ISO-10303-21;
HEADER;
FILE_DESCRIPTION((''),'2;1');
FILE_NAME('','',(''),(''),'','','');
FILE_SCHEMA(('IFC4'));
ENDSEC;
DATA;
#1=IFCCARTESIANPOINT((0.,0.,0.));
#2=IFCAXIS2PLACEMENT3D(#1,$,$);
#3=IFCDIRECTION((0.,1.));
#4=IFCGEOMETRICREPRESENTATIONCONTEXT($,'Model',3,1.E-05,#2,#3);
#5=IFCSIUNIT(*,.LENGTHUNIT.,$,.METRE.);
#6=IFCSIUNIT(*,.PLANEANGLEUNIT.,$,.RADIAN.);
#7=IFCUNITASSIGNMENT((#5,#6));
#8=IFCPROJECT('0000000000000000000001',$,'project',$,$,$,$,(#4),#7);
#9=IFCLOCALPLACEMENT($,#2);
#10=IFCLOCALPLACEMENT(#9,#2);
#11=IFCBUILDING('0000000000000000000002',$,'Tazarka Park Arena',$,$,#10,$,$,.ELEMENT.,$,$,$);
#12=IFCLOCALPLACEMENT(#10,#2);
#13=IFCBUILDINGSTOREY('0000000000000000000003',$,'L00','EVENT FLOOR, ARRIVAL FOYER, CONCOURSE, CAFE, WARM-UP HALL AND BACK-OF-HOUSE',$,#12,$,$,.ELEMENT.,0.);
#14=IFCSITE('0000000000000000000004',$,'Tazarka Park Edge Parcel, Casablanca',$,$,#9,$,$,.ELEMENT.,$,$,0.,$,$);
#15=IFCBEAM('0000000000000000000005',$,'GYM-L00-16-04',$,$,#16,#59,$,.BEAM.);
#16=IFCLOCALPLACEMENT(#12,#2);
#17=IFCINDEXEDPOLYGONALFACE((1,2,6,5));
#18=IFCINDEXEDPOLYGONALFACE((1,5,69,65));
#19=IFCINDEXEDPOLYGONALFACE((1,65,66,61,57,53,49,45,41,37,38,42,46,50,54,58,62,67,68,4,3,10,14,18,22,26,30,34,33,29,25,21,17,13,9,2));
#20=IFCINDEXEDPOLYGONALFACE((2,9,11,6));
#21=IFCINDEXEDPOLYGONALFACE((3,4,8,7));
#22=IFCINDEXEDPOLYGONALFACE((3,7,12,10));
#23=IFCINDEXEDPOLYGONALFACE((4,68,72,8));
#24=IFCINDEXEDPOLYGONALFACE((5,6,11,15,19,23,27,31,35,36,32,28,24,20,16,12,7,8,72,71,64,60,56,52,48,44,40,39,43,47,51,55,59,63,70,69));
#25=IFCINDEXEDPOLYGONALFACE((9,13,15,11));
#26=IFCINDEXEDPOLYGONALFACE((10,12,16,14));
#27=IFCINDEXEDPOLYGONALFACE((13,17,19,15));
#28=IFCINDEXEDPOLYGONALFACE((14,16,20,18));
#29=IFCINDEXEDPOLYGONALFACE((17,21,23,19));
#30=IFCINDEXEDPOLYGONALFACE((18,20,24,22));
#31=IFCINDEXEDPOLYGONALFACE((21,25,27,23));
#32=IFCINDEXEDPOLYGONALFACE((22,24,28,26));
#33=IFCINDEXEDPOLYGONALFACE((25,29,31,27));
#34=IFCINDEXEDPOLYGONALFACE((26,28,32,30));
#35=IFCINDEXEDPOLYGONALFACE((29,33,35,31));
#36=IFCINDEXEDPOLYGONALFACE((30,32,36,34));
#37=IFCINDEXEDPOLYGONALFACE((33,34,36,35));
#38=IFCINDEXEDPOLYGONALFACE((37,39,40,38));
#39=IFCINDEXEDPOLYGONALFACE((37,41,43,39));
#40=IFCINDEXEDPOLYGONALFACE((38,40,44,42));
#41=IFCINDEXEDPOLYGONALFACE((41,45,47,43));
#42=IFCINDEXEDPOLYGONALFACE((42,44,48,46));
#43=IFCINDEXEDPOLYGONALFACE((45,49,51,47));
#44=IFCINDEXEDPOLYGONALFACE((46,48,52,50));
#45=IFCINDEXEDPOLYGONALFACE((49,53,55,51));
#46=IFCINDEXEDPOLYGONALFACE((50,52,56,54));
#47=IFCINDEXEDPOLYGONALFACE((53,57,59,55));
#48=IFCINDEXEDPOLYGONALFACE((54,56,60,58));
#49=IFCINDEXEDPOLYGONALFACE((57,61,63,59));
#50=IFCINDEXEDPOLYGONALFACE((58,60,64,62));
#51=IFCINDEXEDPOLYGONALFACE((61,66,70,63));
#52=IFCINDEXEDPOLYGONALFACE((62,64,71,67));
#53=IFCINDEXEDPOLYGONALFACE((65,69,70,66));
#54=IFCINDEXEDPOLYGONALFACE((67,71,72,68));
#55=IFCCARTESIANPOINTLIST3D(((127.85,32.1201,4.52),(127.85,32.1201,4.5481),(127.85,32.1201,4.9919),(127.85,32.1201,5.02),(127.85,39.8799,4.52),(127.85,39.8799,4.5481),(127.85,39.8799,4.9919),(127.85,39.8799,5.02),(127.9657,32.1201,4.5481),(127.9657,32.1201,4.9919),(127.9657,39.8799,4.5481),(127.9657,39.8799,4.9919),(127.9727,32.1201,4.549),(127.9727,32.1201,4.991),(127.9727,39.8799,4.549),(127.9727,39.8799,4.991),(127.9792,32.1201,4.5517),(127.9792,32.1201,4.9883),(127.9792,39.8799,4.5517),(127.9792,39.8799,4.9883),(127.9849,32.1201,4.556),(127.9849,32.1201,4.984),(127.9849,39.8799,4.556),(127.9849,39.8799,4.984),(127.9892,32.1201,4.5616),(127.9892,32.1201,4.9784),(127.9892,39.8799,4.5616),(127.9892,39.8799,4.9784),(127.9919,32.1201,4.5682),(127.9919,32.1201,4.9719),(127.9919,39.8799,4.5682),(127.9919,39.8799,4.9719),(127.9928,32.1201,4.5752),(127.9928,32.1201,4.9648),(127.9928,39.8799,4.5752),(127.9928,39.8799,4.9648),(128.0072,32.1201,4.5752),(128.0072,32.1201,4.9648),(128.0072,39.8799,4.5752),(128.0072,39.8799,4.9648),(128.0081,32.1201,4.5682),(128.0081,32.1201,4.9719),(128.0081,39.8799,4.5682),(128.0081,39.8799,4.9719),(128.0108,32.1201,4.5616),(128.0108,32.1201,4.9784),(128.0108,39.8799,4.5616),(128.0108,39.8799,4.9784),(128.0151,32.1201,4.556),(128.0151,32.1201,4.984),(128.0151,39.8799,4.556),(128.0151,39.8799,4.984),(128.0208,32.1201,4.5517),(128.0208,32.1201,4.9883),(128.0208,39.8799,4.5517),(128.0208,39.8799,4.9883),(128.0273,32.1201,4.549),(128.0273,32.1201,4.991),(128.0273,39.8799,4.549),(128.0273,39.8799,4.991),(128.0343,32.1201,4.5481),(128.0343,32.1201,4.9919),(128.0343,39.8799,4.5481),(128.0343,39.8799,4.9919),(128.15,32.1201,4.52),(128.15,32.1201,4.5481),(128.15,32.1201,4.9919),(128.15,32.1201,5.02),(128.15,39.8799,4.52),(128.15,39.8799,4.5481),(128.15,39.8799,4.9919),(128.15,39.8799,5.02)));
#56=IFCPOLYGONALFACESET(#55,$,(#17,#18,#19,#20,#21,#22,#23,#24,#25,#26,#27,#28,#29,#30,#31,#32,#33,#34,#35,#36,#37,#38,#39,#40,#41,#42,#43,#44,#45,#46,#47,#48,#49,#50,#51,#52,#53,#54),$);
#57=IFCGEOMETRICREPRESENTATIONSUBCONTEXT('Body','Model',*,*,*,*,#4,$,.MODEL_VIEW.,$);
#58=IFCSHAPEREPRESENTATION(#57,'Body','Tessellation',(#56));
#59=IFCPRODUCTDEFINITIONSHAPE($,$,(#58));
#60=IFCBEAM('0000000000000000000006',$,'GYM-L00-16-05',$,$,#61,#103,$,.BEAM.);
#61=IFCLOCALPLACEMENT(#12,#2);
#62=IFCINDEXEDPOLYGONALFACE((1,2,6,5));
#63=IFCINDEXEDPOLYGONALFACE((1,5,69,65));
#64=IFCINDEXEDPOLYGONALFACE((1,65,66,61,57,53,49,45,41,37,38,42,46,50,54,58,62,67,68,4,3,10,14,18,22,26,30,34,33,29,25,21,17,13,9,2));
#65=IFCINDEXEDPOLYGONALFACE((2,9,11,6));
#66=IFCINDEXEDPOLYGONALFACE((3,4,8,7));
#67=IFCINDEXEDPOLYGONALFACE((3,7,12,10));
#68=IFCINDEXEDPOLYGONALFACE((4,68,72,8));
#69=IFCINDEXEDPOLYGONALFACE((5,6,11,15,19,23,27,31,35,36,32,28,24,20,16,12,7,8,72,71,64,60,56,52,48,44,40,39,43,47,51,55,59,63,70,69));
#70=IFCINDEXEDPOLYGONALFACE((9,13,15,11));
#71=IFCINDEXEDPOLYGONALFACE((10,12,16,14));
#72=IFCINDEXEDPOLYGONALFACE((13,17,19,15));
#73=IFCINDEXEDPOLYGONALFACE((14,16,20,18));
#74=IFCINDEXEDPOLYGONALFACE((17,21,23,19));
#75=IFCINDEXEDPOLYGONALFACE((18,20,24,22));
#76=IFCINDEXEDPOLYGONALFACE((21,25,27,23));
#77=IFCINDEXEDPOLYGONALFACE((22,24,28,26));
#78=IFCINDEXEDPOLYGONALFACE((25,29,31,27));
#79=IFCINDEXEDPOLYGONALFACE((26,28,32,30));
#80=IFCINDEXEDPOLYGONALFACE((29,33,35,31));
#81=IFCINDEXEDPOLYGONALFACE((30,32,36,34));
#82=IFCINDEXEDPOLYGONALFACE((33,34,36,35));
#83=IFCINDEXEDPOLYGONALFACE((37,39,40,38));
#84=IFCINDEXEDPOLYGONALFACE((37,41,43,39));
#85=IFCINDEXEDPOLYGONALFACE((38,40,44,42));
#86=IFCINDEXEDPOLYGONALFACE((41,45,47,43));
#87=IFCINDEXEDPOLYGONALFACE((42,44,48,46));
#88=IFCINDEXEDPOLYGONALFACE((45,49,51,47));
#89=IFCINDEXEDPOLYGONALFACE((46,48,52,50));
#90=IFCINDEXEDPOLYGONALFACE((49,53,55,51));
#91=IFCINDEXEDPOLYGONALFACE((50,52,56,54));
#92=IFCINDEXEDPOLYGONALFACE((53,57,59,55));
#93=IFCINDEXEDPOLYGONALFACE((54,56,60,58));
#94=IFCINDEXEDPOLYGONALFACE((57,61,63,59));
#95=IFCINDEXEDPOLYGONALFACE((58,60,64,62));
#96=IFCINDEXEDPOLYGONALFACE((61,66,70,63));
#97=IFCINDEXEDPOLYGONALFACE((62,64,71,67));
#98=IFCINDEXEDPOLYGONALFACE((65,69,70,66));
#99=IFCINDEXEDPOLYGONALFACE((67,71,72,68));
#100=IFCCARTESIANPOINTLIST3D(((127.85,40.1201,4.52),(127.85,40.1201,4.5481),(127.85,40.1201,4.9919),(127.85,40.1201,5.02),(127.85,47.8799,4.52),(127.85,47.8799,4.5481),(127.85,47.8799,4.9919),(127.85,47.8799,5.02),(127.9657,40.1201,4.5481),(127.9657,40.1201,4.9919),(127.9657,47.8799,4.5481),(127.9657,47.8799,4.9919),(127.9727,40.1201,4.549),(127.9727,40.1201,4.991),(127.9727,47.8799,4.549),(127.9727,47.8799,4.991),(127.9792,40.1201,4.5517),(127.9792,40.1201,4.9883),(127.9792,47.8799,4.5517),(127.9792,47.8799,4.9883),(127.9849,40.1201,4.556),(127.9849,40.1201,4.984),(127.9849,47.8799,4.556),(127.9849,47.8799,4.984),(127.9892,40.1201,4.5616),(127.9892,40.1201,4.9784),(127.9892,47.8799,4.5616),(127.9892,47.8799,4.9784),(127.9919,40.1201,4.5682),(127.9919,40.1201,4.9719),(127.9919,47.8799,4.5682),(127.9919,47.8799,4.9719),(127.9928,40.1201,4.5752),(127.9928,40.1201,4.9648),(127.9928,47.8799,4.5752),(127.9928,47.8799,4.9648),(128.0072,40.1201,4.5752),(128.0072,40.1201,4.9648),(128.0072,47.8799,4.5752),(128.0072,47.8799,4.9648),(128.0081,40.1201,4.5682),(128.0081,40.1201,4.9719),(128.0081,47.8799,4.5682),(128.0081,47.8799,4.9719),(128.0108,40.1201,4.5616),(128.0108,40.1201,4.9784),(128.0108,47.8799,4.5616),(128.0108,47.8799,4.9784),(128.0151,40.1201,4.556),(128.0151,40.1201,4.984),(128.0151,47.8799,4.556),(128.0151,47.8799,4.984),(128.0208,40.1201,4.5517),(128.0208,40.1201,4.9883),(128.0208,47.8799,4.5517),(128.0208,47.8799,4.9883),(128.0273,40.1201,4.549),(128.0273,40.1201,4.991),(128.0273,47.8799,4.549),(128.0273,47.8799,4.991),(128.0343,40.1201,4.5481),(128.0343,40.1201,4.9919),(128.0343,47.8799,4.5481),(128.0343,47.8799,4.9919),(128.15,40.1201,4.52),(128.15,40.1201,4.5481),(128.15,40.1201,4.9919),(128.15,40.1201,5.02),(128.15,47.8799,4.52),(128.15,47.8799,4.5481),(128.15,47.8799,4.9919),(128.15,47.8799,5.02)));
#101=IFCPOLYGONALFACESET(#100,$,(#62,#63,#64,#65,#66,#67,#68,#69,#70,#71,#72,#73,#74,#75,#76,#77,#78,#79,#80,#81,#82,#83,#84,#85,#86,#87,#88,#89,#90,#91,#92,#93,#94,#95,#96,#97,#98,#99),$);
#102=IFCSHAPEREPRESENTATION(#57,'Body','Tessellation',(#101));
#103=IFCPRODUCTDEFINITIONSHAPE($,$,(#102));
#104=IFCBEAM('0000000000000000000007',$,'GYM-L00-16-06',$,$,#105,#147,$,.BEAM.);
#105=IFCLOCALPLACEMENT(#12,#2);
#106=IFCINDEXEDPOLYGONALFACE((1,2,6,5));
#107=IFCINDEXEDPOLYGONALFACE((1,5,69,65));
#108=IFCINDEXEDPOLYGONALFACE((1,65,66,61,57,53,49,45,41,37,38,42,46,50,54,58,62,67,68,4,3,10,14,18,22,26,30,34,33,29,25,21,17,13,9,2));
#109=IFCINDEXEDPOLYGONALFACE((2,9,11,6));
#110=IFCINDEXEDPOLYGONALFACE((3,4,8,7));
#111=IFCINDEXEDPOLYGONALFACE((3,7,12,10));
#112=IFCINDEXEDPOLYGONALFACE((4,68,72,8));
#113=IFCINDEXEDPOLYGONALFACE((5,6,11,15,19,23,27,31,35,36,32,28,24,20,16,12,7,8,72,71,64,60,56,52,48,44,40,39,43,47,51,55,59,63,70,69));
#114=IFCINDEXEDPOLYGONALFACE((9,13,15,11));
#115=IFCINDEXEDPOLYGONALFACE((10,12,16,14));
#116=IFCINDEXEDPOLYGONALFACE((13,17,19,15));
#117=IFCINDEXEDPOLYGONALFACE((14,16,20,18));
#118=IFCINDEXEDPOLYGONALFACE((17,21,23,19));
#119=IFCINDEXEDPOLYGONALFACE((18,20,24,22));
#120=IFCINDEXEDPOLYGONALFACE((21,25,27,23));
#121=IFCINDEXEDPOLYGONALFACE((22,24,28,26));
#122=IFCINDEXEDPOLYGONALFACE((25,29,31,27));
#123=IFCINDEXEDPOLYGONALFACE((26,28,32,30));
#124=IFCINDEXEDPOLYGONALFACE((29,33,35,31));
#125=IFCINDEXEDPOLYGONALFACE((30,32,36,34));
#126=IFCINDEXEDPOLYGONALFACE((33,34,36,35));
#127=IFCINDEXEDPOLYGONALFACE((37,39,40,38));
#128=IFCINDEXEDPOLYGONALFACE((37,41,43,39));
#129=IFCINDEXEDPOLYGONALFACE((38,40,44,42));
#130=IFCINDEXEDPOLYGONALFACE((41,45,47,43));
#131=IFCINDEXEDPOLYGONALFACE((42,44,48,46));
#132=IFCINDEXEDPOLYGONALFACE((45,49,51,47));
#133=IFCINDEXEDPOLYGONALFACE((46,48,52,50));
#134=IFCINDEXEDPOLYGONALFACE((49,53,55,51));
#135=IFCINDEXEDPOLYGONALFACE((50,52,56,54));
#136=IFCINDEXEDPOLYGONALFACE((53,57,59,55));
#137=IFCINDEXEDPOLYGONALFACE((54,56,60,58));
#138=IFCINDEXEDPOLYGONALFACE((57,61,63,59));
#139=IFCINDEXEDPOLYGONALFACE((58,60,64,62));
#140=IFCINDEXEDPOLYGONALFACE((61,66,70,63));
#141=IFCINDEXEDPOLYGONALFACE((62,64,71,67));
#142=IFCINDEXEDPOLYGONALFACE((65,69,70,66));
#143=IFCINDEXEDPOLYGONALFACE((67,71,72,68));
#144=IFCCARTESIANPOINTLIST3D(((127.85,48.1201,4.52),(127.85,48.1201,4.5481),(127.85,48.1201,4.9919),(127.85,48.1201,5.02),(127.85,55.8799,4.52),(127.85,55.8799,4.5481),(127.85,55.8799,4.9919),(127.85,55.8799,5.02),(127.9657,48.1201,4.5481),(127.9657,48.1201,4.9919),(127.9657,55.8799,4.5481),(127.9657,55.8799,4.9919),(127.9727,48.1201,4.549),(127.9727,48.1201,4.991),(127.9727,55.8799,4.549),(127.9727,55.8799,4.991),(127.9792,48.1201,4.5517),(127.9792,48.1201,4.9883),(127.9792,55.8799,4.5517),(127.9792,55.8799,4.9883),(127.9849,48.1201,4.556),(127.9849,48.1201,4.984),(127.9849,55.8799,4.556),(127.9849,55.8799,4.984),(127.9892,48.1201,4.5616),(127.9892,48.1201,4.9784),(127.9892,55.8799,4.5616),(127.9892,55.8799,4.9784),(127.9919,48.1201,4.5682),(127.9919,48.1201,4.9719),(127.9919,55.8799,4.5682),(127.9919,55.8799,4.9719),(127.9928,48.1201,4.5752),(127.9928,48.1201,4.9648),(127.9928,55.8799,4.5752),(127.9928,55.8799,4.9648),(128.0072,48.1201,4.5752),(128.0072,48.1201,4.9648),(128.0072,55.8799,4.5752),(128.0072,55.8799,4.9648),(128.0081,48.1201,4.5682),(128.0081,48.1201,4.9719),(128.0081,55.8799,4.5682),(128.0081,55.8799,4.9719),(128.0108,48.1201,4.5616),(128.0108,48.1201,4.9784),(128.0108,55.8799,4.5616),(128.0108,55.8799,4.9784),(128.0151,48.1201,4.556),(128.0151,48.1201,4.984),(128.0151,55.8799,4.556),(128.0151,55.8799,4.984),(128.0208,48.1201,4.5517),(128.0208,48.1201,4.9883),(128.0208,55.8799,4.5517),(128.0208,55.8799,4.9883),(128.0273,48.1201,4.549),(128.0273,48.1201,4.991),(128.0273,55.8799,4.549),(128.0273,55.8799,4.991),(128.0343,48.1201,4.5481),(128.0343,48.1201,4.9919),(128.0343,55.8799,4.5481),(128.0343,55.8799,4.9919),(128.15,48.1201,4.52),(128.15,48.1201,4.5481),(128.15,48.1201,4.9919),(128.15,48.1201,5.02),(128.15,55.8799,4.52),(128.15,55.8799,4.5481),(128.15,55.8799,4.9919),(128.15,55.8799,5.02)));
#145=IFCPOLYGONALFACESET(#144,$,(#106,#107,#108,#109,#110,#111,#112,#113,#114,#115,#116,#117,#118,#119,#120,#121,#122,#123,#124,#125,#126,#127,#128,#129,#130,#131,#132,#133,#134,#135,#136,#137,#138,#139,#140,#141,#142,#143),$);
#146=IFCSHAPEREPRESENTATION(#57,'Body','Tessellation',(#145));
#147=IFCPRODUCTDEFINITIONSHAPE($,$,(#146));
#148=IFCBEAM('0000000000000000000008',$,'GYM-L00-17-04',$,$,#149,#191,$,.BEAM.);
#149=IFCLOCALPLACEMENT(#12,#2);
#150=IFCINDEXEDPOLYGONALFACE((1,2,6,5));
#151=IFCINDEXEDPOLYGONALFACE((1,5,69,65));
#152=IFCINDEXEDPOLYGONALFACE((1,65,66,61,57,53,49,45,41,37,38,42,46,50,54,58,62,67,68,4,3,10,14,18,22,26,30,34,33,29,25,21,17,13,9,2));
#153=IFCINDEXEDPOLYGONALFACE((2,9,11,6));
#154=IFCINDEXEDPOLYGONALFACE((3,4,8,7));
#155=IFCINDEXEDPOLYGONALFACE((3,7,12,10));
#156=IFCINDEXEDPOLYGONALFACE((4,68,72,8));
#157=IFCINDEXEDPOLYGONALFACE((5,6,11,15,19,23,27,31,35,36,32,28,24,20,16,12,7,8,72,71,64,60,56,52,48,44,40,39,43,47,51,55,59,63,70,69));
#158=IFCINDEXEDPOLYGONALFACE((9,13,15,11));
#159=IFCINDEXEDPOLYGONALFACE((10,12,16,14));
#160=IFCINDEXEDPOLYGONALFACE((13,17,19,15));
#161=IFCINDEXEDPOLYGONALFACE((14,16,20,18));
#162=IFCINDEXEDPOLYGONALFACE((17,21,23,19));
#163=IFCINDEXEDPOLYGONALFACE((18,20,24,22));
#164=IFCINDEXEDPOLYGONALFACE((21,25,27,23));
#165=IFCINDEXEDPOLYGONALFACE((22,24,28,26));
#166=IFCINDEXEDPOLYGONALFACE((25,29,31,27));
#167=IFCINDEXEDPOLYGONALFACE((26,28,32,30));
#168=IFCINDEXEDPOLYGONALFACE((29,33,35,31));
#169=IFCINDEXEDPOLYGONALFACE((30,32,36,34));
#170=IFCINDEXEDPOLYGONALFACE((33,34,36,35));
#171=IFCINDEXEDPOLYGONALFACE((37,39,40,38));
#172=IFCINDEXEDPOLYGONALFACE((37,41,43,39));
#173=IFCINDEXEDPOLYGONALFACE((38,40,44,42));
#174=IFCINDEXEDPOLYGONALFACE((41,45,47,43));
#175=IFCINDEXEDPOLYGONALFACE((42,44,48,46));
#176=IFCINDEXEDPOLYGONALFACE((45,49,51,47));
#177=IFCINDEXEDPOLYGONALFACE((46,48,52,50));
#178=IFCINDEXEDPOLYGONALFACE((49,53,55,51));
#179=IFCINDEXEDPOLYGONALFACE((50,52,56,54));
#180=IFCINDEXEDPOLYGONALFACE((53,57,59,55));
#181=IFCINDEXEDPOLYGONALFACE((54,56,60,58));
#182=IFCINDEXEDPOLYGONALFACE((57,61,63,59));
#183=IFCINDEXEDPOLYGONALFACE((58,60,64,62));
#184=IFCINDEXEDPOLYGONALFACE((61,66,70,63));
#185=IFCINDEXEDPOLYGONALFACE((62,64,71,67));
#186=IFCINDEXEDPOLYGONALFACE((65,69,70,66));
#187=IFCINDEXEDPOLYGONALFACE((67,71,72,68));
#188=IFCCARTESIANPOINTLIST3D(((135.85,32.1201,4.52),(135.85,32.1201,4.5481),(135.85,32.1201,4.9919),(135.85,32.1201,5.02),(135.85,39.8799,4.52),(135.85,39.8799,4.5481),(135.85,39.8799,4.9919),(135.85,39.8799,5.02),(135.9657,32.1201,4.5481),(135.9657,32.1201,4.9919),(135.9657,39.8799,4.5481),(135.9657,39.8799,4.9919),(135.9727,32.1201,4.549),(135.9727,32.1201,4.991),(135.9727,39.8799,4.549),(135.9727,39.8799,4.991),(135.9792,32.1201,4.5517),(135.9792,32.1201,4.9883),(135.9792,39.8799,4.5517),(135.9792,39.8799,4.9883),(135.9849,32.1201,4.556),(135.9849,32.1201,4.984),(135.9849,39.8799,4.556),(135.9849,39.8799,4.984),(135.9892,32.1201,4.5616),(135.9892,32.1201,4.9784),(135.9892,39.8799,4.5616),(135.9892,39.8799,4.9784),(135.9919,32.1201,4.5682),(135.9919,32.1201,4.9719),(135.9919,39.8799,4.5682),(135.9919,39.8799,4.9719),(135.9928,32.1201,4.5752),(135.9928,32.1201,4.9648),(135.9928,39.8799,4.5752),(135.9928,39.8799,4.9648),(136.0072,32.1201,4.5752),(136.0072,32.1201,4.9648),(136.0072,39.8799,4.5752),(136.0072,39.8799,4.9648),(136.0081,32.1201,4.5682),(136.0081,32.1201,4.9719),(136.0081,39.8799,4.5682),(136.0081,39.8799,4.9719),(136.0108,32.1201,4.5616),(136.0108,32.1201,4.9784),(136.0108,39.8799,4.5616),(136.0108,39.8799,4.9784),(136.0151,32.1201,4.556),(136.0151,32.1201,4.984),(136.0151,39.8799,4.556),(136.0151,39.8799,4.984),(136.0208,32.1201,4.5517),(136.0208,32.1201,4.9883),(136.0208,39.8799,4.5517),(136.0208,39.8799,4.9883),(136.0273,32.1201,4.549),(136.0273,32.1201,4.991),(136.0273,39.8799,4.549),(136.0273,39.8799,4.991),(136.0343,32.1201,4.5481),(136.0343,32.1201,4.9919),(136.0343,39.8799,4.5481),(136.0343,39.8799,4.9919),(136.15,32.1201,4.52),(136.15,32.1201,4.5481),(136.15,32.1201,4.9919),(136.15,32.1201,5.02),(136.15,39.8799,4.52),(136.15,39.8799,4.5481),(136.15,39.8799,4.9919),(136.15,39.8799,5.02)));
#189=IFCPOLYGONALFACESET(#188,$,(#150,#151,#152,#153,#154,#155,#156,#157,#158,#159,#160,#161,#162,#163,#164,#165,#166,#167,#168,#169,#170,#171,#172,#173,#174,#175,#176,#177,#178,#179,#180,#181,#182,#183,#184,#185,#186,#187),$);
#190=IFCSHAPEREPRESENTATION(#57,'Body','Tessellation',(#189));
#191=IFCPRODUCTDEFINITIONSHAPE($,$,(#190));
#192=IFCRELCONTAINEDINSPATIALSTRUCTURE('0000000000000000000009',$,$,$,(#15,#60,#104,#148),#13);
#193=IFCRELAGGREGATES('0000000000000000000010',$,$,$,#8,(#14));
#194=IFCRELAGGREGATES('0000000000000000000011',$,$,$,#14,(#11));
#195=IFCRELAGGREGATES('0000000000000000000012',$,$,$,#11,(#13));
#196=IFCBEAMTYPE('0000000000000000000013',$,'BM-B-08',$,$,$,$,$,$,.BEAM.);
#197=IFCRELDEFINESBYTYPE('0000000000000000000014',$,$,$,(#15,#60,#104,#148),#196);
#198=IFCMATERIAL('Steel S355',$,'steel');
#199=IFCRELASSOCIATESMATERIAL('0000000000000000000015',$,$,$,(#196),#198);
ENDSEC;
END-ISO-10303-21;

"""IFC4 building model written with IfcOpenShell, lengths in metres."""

from ifc_helpers import new_model, si_unit, direction, frame, origin, origin_2d, place, context, subcontext, project, spatial, i_section, extrude, material, material_profile, profile_set, type_object, element, save


model = new_model("IFC4")

# Units and contexts
model_context = context("Model", 3, precision=1e-05, world=origin(), true_north=direction((0.0, 1.0)))
body_context = subcontext(model_context, "Body", "Model", "MODEL_VIEW")
ifc_project = project(units=[si_unit("LENGTHUNIT", "METRE"), si_unit("PLANEANGLEUNIT", "RADIAN")], contexts=[model_context])

# Site, building, storey
site_placement = place(None, origin())
site = spatial("IfcSite", under=ifc_project, at=site_placement, Name="Tazarka Park Edge Parcel, Casablanca", CompositionType="ELEMENT", RefElevation=0.0)
building_placement = place(site_placement, origin())
building = spatial("IfcBuilding", under=site, at=building_placement, Name="Tazarka Park Arena", CompositionType="ELEMENT")
storey_placement = place(building_placement, origin())
storey = spatial("IfcBuildingStorey", under=building, at=storey_placement, Name="L00", Description="EVENT FLOOR, ARRIVAL FOYER, CONCOURSE, CAFE, WARM-UP HALL AND BACK-OF-HOUSE", CompositionType="ELEMENT", Elevation=0.0)

# Beams
ifc_material_1 = material(Name="Steel S355", Category="steel")
ifc_material_profile_1 = material_profile(ifc_material_1, i_section(OverallWidth=0.3, OverallDepth=0.5, WebThickness=0.0144, FlangeThickness=0.0281, FilletRadius=0.0271, at=origin_2d()), Name="Steel S355")
ifc_profile_set_1 = profile_set([ifc_material_profile_1], Name="Steel S355")
beam_type_1 = type_object("IfcBeamType", Name="BM-B-08", PredefinedType="BEAM", material=ifc_profile_set_1)
for number, where, z_axis, x_axis, name in (
    (1, (128.0, 32.1201, 4.77), (0.0, 1.0, 0.0), (-1.0, 0.0, 0.0), "GYM-L00-16-04"),
    (2, (128.0, 40.1201, 4.77), (0.0, 1.0, 0.0), (-1.0, 0.0, 0.0), "GYM-L00-16-05"),
    (3, (128.0, 48.1201, 4.77), (0.0, 1.0, 0.0), (-1.0, 0.0, 0.0), "GYM-L00-16-06"),
    (4, (136.0, 32.1201, 4.77), (0.0, 1.0, 0.0), (-1.0, 0.0, 0.0), "GYM-L00-17-04"),
):
    element("IfcBeam", number, at=place(storey_placement, frame(where, z_axis=z_axis, x_axis=x_axis)), inside=storey, type_object=beam_type_1, Name=name, PredefinedType="BEAM", context=body_context, shape_type="SweptSolid", body=[
        extrude(i_section(OverallWidth=0.3, OverallDepth=0.5, WebThickness=0.0144, FlangeThickness=0.0281, FilletRadius=0.0271, at=origin_2d()), origin(), (0.0, 0.0, 1.0), 7.7598),
    ])

save(model, "model.ifc")
